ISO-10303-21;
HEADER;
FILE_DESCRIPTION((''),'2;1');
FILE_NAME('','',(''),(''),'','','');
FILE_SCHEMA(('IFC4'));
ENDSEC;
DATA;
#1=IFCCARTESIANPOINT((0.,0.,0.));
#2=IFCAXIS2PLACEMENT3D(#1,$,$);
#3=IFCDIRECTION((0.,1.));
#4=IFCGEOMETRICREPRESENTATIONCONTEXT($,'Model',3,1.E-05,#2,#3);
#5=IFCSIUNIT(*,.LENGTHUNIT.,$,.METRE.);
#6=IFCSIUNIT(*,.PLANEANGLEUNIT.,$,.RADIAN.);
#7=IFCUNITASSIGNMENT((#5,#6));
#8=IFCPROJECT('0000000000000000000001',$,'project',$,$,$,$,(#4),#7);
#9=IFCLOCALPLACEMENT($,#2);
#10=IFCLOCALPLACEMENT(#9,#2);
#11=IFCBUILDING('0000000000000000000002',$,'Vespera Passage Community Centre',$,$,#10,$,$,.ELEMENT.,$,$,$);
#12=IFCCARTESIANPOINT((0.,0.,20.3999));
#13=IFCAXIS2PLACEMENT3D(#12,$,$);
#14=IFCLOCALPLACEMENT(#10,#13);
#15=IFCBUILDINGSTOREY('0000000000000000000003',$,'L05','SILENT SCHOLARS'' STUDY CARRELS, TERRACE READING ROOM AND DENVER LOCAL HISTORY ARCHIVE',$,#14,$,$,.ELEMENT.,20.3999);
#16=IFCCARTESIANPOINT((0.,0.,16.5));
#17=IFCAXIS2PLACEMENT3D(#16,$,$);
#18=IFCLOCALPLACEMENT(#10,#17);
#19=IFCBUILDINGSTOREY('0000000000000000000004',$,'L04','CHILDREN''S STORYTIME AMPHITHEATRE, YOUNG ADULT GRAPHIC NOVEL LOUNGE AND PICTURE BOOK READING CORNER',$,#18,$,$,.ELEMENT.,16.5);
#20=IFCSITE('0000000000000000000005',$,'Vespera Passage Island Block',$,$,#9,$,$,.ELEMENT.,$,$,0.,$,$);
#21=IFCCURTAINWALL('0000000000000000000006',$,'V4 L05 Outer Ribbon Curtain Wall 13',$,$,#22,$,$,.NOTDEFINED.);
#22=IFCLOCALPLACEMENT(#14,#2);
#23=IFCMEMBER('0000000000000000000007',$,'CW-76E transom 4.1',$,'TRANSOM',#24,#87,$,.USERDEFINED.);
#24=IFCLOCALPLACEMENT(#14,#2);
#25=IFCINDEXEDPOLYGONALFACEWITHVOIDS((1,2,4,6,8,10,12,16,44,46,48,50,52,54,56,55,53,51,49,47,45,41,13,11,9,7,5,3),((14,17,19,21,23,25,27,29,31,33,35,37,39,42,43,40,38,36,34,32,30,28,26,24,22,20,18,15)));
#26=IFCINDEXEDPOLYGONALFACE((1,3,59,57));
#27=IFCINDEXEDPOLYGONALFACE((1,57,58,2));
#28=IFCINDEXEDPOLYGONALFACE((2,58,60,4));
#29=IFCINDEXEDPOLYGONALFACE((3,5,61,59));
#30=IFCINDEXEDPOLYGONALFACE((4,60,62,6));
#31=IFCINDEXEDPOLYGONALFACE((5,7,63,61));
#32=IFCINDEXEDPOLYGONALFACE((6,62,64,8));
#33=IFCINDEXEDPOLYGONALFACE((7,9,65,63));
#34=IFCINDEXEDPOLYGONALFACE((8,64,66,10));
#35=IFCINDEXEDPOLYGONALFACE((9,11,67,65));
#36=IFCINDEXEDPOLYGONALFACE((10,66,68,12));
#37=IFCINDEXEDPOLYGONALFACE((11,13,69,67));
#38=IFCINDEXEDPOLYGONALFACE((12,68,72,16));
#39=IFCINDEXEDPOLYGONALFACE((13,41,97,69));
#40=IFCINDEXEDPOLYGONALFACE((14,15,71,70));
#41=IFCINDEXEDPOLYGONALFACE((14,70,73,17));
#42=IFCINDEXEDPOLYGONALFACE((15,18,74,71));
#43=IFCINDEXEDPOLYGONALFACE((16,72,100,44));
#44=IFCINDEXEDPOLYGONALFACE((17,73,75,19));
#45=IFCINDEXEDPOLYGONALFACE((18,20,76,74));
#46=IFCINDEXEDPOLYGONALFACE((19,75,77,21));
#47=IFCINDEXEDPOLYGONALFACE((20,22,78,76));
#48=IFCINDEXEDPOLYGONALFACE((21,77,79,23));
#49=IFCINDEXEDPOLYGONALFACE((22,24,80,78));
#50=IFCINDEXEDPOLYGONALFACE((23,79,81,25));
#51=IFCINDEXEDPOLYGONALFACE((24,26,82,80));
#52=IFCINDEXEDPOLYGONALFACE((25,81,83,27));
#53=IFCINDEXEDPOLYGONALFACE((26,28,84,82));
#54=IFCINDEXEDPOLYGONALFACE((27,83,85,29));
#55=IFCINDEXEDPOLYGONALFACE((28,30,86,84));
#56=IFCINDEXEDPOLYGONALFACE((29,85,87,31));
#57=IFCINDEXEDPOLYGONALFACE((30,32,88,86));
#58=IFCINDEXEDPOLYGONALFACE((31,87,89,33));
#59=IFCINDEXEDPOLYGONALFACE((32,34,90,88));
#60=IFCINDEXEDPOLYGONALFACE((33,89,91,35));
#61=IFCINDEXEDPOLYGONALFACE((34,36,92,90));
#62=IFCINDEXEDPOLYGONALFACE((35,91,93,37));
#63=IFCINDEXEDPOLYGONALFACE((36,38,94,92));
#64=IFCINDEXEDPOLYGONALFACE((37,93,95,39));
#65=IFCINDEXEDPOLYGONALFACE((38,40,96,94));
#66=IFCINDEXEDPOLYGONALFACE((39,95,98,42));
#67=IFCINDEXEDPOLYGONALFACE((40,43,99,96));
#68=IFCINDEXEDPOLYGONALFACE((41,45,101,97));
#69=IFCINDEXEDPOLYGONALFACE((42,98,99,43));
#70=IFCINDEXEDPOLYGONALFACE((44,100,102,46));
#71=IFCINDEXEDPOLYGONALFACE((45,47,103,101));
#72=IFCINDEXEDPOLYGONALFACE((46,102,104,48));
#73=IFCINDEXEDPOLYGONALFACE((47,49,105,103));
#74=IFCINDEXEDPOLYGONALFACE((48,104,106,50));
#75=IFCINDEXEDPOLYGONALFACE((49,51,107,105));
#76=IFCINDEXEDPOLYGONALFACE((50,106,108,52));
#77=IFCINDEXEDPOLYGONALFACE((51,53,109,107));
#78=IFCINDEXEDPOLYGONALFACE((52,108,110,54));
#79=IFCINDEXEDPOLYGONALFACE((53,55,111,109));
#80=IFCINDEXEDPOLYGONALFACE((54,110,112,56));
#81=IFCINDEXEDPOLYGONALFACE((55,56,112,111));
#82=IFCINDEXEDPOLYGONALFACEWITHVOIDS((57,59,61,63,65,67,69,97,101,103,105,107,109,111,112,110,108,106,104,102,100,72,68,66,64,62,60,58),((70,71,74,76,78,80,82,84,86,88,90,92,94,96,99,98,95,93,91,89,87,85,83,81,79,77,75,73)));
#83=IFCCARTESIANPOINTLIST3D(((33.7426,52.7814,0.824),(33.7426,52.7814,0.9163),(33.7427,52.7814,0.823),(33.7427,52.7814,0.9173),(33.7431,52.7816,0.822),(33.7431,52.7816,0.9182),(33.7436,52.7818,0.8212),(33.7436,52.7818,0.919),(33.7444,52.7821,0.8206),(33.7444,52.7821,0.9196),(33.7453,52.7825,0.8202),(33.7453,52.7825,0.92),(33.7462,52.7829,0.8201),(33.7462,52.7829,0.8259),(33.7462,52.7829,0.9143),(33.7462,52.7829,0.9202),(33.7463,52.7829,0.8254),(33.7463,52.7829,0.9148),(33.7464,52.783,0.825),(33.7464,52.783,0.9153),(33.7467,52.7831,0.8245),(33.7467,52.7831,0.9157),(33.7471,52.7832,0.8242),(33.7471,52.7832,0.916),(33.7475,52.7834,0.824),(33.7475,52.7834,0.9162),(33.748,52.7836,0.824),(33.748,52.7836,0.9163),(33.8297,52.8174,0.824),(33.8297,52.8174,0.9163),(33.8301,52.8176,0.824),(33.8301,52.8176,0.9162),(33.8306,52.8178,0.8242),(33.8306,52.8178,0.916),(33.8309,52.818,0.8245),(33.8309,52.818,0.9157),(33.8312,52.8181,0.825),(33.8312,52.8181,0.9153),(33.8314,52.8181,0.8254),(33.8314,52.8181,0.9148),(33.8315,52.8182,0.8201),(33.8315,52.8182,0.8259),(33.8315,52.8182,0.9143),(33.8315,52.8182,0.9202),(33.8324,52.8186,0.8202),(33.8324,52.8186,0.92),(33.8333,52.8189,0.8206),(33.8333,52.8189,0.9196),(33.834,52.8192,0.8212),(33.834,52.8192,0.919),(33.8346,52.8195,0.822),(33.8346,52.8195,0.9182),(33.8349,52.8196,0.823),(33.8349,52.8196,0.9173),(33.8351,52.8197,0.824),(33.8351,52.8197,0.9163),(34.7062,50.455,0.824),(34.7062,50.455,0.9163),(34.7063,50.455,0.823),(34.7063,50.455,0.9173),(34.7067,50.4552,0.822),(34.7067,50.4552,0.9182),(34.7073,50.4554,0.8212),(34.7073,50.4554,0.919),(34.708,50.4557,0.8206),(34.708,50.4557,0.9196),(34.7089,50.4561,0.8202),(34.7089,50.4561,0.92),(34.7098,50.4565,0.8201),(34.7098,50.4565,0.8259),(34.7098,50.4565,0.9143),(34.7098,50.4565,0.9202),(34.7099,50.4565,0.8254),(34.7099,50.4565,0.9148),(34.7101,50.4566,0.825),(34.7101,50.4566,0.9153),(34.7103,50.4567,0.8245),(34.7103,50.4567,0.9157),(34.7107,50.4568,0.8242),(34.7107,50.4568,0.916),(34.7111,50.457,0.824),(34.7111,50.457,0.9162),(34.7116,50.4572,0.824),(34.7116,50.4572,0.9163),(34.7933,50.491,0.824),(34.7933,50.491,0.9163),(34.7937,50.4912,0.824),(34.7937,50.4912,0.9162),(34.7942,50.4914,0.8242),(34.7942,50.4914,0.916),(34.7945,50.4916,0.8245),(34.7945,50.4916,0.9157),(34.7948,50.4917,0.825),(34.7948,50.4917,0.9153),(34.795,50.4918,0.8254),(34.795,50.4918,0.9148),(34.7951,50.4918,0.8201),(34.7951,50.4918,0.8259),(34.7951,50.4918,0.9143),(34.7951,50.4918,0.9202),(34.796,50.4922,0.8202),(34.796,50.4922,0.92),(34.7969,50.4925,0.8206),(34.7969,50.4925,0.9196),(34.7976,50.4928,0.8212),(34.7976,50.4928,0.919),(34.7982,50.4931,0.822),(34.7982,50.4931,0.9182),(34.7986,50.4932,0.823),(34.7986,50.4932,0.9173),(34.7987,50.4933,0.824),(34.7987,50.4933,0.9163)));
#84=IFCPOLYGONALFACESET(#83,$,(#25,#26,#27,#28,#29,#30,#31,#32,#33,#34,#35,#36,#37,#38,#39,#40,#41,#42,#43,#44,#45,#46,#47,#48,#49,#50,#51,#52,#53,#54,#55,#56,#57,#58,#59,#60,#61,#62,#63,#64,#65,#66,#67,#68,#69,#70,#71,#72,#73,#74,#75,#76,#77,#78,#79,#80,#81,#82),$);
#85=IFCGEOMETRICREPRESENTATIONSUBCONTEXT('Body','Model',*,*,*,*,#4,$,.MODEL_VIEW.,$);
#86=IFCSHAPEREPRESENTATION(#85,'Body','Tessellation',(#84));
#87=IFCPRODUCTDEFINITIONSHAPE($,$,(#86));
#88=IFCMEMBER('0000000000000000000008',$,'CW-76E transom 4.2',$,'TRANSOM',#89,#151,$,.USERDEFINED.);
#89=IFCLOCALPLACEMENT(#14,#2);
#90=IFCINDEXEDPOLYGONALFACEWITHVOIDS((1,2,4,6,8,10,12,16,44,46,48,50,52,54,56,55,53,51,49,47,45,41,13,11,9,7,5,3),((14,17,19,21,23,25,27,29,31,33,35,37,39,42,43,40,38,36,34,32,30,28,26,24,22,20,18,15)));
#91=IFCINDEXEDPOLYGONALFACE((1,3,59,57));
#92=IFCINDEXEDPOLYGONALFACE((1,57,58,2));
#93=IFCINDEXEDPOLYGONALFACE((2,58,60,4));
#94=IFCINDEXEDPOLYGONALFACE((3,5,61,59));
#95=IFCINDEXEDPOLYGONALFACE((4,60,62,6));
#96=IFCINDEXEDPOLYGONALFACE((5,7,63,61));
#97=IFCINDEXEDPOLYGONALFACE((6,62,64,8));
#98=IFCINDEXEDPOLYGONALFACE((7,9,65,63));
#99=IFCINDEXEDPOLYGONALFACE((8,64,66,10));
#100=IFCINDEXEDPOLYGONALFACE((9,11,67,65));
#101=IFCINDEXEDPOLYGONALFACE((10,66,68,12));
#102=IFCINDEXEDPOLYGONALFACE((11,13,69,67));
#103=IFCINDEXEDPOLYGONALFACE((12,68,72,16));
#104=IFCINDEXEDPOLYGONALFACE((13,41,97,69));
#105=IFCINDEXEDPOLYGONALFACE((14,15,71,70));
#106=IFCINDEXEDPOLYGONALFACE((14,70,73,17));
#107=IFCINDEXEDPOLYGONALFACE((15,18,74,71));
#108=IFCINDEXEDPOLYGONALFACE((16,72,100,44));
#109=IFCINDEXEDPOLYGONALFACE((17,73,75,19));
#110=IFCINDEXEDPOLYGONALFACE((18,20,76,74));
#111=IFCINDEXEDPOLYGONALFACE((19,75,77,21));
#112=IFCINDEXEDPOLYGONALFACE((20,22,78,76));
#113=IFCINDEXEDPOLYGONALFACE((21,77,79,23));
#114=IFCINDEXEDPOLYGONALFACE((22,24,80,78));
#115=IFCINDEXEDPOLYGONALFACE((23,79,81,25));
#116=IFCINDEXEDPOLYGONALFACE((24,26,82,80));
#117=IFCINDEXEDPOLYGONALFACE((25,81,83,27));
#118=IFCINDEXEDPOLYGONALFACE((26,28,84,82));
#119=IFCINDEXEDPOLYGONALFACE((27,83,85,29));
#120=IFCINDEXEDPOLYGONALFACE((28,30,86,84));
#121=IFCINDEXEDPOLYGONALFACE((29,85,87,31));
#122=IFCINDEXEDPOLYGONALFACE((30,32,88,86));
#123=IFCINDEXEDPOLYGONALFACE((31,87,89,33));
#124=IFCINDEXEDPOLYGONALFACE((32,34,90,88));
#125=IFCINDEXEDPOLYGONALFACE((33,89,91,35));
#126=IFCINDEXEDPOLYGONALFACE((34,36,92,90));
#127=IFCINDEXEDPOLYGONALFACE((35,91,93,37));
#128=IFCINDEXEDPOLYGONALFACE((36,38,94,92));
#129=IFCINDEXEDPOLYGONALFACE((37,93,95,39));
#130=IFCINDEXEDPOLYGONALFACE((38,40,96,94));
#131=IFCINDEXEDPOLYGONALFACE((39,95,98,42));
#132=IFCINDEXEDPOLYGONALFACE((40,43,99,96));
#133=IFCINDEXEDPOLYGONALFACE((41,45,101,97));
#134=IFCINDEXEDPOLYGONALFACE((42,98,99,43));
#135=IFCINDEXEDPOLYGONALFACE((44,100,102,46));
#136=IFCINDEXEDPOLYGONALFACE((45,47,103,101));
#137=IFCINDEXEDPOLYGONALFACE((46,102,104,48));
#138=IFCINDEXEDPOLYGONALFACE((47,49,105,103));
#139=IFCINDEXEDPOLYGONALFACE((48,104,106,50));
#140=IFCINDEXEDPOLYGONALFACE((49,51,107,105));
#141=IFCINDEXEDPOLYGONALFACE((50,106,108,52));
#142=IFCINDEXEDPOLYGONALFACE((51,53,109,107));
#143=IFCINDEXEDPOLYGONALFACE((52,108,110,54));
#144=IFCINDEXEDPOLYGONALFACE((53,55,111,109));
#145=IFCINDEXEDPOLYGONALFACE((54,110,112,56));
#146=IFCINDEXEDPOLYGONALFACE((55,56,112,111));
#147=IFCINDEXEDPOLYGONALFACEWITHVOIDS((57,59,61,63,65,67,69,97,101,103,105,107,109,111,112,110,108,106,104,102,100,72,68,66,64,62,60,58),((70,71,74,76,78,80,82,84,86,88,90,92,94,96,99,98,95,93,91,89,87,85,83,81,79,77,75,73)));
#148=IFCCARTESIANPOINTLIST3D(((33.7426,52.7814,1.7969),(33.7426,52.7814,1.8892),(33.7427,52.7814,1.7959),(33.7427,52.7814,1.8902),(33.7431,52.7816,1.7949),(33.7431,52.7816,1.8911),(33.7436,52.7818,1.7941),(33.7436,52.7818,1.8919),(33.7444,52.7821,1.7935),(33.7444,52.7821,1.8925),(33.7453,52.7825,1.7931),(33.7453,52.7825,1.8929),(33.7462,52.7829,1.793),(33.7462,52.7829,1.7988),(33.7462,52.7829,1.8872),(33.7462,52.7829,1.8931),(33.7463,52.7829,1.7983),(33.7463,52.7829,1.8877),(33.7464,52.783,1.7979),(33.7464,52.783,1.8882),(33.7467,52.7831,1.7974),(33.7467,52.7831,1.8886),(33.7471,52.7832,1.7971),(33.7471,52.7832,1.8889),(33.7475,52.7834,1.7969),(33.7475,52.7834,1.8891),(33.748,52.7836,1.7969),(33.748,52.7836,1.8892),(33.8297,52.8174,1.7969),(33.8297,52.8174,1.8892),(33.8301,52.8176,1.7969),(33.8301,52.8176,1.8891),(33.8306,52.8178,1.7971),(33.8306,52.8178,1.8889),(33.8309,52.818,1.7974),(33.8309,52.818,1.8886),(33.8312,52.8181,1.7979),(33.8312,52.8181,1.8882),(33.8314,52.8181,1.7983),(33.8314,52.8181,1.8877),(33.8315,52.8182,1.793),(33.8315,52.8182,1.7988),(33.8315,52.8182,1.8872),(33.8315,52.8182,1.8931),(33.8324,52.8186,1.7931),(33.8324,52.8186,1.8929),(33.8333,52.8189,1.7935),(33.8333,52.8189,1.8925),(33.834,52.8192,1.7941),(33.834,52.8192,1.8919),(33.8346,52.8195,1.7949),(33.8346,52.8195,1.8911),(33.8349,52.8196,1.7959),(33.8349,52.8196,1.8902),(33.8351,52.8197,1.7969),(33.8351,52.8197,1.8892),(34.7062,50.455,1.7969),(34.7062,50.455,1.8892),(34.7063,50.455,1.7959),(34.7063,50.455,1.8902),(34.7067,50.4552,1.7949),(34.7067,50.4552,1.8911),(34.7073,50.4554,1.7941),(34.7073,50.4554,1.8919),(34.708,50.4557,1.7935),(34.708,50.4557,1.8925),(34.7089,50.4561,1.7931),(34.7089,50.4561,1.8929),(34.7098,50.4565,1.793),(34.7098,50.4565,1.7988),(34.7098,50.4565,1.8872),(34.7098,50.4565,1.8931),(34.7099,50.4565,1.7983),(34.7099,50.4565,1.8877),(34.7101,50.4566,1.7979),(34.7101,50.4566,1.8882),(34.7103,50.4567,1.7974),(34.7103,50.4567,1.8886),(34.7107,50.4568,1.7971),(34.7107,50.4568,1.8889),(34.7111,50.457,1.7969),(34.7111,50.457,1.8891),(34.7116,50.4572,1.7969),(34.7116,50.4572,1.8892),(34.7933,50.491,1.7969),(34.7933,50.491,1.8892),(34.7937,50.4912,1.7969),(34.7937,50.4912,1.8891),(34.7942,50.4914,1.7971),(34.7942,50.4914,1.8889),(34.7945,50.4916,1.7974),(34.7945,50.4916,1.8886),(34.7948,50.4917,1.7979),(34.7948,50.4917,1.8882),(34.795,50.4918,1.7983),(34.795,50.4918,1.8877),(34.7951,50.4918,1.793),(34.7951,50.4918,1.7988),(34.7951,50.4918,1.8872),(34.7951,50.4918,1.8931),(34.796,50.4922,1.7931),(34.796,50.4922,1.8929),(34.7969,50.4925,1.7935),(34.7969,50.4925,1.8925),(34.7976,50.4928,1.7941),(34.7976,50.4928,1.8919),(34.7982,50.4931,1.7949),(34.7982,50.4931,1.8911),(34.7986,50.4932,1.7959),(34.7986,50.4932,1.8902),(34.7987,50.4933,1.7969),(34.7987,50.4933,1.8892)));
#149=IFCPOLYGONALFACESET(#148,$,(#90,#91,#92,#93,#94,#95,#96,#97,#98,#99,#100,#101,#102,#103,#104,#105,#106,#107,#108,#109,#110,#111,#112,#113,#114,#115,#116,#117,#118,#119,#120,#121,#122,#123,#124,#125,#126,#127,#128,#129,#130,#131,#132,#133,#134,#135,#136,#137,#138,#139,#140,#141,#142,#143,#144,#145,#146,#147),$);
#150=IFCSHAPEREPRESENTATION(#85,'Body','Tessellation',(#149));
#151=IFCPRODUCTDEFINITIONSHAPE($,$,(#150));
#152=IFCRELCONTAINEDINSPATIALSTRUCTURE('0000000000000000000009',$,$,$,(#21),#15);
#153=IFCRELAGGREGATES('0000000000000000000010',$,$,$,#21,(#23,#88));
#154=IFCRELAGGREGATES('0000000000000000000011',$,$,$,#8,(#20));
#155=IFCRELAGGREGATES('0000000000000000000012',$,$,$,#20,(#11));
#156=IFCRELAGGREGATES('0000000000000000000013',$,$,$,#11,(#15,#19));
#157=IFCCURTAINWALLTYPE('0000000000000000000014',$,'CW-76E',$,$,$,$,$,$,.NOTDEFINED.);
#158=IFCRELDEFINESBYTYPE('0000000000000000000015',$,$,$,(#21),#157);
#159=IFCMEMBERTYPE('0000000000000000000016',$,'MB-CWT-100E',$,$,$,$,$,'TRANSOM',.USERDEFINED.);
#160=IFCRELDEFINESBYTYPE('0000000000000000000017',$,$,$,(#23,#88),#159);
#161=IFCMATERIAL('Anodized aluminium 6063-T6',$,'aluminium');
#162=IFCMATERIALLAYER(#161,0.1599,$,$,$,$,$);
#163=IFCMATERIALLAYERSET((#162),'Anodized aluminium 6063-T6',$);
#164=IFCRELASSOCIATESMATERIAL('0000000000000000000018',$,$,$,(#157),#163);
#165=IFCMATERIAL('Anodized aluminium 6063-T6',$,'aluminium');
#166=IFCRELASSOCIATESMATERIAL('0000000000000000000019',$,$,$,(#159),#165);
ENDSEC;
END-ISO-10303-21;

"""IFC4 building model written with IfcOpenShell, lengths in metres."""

from ifc_helpers import new_model, si_unit, direction, frame, origin, origin_2d, place, context, subcontext, project, spatial, hollow_rectangle, extrude, material, layer, layer_set, material_profile, profile_set, type_object, element, aggregate, save


model = new_model("IFC4")

# Units and contexts
model_context = context("Model", 3, precision=1e-05, world=origin(), true_north=direction((0.0, 1.0)))
body_context = subcontext(model_context, "Body", "Model", "MODEL_VIEW")
ifc_project = project(units=[si_unit("LENGTHUNIT", "METRE"), si_unit("PLANEANGLEUNIT", "RADIAN")], contexts=[model_context])

# Site, building, storey
site_placement = place(None, origin())
site = spatial("IfcSite", under=ifc_project, at=site_placement, Name="Vespera Passage Island Block", CompositionType="ELEMENT", RefElevation=0.0)
building_placement = place(site_placement, origin())
building = spatial("IfcBuilding", under=site, at=building_placement, Name="Vespera Passage Community Centre", CompositionType="ELEMENT")
storey_1_placement = place(building_placement, frame((0.0, 0.0, 20.3999)))
storey_1 = spatial("IfcBuildingStorey", under=building, at=storey_1_placement, Name="L05", Description="SILENT SCHOLARS' STUDY CARRELS, TERRACE READING ROOM AND DENVER LOCAL HISTORY ARCHIVE", CompositionType="ELEMENT", Elevation=20.3999)

# Curtain wall, members
ifc_material_1 = material(Name="Anodized aluminium 6063-T6", Category="aluminium")
ifc_layer_1 = layer(ifc_material_1, 0.1599)
ifc_layer_set_1 = layer_set([ifc_layer_1], Name="Anodized aluminium 6063-T6")
curtain_wall_type = type_object("IfcCurtainWallType", Name="CW-76E", PredefinedType="NOTDEFINED", material=ifc_layer_set_1)
curtain_wall_placement = place(storey_1_placement, origin())
curtain_wall = element("IfcCurtainWall", 1, at=curtain_wall_placement, inside=storey_1, type_object=curtain_wall_type, Name="V4 L05 Outer Ribbon Curtain Wall 13", PredefinedType="NOTDEFINED")
ifc_material_2 = material(Name="Anodized aluminium 6063-T6", Category="aluminium")
ifc_material_profile_1 = material_profile(ifc_material_2, hollow_rectangle(XDim=0.1001, YDim=0.1001, WallThickness=0.0039, InnerFilletRadius=0.002, OuterFilletRadius=0.0039, at=origin_2d()), Name="ALU100X100X4")
ifc_profile_set_1 = profile_set([ifc_material_profile_1], Name="Anodized aluminium 6063-T6")
member_type_1 = type_object("IfcMemberType", Name="MB-CWT-100E", ElementType="TRANSOM", PredefinedType="USERDEFINED", material=ifc_profile_set_1)
member_1_placement = place(storey_1_placement, frame((34.7524, 50.4741, 0.8701), z_axis=(-0.38268, 0.923881, 0.0), x_axis=(-0.923881, -0.38268, 0.0)))
member_1 = element("IfcMember", 2, at=member_1_placement, type_object=member_type_1, Name="CW-76E transom 4.1", ObjectType="TRANSOM", PredefinedType="USERDEFINED", context=body_context, shape_type="SweptSolid", body=[
    extrude(hollow_rectangle(XDim=0.1001, YDim=0.1001, WallThickness=0.0039, InnerFilletRadius=0.002, OuterFilletRadius=0.0039, at=origin_2d()), origin(), (0.0, 0.0, 1.0), 2.5181),
])
member_2_placement = place(storey_1_placement, frame((34.7524, 50.4741, 1.843), z_axis=(-0.38268, 0.923881, 0.0), x_axis=(-0.923881, -0.38268, 0.0)))
member_2 = element("IfcMember", 3, at=member_2_placement, type_object=member_type_1, Name="CW-76E transom 4.2", ObjectType="TRANSOM", PredefinedType="USERDEFINED", context=body_context, shape_type="SweptSolid", body=[
    extrude(hollow_rectangle(XDim=0.1001, YDim=0.1001, WallThickness=0.0039, InnerFilletRadius=0.002, OuterFilletRadius=0.0039, at=origin_2d()), origin(), (0.0, 0.0, 1.0), 2.5181),
])
aggregate(curtain_wall, [member_1, member_2])

# Shared definitions
storey_2_placement = place(building_placement, frame((0.0, 0.0, 16.5)))
storey_2 = spatial("IfcBuildingStorey", under=building, at=storey_2_placement, Name="L04", Description="CHILDREN'S STORYTIME AMPHITHEATRE, YOUNG ADULT GRAPHIC NOVEL LOUNGE AND PICTURE BOOK READING CORNER", CompositionType="ELEMENT", Elevation=16.5)

save(model, "model.ifc")
